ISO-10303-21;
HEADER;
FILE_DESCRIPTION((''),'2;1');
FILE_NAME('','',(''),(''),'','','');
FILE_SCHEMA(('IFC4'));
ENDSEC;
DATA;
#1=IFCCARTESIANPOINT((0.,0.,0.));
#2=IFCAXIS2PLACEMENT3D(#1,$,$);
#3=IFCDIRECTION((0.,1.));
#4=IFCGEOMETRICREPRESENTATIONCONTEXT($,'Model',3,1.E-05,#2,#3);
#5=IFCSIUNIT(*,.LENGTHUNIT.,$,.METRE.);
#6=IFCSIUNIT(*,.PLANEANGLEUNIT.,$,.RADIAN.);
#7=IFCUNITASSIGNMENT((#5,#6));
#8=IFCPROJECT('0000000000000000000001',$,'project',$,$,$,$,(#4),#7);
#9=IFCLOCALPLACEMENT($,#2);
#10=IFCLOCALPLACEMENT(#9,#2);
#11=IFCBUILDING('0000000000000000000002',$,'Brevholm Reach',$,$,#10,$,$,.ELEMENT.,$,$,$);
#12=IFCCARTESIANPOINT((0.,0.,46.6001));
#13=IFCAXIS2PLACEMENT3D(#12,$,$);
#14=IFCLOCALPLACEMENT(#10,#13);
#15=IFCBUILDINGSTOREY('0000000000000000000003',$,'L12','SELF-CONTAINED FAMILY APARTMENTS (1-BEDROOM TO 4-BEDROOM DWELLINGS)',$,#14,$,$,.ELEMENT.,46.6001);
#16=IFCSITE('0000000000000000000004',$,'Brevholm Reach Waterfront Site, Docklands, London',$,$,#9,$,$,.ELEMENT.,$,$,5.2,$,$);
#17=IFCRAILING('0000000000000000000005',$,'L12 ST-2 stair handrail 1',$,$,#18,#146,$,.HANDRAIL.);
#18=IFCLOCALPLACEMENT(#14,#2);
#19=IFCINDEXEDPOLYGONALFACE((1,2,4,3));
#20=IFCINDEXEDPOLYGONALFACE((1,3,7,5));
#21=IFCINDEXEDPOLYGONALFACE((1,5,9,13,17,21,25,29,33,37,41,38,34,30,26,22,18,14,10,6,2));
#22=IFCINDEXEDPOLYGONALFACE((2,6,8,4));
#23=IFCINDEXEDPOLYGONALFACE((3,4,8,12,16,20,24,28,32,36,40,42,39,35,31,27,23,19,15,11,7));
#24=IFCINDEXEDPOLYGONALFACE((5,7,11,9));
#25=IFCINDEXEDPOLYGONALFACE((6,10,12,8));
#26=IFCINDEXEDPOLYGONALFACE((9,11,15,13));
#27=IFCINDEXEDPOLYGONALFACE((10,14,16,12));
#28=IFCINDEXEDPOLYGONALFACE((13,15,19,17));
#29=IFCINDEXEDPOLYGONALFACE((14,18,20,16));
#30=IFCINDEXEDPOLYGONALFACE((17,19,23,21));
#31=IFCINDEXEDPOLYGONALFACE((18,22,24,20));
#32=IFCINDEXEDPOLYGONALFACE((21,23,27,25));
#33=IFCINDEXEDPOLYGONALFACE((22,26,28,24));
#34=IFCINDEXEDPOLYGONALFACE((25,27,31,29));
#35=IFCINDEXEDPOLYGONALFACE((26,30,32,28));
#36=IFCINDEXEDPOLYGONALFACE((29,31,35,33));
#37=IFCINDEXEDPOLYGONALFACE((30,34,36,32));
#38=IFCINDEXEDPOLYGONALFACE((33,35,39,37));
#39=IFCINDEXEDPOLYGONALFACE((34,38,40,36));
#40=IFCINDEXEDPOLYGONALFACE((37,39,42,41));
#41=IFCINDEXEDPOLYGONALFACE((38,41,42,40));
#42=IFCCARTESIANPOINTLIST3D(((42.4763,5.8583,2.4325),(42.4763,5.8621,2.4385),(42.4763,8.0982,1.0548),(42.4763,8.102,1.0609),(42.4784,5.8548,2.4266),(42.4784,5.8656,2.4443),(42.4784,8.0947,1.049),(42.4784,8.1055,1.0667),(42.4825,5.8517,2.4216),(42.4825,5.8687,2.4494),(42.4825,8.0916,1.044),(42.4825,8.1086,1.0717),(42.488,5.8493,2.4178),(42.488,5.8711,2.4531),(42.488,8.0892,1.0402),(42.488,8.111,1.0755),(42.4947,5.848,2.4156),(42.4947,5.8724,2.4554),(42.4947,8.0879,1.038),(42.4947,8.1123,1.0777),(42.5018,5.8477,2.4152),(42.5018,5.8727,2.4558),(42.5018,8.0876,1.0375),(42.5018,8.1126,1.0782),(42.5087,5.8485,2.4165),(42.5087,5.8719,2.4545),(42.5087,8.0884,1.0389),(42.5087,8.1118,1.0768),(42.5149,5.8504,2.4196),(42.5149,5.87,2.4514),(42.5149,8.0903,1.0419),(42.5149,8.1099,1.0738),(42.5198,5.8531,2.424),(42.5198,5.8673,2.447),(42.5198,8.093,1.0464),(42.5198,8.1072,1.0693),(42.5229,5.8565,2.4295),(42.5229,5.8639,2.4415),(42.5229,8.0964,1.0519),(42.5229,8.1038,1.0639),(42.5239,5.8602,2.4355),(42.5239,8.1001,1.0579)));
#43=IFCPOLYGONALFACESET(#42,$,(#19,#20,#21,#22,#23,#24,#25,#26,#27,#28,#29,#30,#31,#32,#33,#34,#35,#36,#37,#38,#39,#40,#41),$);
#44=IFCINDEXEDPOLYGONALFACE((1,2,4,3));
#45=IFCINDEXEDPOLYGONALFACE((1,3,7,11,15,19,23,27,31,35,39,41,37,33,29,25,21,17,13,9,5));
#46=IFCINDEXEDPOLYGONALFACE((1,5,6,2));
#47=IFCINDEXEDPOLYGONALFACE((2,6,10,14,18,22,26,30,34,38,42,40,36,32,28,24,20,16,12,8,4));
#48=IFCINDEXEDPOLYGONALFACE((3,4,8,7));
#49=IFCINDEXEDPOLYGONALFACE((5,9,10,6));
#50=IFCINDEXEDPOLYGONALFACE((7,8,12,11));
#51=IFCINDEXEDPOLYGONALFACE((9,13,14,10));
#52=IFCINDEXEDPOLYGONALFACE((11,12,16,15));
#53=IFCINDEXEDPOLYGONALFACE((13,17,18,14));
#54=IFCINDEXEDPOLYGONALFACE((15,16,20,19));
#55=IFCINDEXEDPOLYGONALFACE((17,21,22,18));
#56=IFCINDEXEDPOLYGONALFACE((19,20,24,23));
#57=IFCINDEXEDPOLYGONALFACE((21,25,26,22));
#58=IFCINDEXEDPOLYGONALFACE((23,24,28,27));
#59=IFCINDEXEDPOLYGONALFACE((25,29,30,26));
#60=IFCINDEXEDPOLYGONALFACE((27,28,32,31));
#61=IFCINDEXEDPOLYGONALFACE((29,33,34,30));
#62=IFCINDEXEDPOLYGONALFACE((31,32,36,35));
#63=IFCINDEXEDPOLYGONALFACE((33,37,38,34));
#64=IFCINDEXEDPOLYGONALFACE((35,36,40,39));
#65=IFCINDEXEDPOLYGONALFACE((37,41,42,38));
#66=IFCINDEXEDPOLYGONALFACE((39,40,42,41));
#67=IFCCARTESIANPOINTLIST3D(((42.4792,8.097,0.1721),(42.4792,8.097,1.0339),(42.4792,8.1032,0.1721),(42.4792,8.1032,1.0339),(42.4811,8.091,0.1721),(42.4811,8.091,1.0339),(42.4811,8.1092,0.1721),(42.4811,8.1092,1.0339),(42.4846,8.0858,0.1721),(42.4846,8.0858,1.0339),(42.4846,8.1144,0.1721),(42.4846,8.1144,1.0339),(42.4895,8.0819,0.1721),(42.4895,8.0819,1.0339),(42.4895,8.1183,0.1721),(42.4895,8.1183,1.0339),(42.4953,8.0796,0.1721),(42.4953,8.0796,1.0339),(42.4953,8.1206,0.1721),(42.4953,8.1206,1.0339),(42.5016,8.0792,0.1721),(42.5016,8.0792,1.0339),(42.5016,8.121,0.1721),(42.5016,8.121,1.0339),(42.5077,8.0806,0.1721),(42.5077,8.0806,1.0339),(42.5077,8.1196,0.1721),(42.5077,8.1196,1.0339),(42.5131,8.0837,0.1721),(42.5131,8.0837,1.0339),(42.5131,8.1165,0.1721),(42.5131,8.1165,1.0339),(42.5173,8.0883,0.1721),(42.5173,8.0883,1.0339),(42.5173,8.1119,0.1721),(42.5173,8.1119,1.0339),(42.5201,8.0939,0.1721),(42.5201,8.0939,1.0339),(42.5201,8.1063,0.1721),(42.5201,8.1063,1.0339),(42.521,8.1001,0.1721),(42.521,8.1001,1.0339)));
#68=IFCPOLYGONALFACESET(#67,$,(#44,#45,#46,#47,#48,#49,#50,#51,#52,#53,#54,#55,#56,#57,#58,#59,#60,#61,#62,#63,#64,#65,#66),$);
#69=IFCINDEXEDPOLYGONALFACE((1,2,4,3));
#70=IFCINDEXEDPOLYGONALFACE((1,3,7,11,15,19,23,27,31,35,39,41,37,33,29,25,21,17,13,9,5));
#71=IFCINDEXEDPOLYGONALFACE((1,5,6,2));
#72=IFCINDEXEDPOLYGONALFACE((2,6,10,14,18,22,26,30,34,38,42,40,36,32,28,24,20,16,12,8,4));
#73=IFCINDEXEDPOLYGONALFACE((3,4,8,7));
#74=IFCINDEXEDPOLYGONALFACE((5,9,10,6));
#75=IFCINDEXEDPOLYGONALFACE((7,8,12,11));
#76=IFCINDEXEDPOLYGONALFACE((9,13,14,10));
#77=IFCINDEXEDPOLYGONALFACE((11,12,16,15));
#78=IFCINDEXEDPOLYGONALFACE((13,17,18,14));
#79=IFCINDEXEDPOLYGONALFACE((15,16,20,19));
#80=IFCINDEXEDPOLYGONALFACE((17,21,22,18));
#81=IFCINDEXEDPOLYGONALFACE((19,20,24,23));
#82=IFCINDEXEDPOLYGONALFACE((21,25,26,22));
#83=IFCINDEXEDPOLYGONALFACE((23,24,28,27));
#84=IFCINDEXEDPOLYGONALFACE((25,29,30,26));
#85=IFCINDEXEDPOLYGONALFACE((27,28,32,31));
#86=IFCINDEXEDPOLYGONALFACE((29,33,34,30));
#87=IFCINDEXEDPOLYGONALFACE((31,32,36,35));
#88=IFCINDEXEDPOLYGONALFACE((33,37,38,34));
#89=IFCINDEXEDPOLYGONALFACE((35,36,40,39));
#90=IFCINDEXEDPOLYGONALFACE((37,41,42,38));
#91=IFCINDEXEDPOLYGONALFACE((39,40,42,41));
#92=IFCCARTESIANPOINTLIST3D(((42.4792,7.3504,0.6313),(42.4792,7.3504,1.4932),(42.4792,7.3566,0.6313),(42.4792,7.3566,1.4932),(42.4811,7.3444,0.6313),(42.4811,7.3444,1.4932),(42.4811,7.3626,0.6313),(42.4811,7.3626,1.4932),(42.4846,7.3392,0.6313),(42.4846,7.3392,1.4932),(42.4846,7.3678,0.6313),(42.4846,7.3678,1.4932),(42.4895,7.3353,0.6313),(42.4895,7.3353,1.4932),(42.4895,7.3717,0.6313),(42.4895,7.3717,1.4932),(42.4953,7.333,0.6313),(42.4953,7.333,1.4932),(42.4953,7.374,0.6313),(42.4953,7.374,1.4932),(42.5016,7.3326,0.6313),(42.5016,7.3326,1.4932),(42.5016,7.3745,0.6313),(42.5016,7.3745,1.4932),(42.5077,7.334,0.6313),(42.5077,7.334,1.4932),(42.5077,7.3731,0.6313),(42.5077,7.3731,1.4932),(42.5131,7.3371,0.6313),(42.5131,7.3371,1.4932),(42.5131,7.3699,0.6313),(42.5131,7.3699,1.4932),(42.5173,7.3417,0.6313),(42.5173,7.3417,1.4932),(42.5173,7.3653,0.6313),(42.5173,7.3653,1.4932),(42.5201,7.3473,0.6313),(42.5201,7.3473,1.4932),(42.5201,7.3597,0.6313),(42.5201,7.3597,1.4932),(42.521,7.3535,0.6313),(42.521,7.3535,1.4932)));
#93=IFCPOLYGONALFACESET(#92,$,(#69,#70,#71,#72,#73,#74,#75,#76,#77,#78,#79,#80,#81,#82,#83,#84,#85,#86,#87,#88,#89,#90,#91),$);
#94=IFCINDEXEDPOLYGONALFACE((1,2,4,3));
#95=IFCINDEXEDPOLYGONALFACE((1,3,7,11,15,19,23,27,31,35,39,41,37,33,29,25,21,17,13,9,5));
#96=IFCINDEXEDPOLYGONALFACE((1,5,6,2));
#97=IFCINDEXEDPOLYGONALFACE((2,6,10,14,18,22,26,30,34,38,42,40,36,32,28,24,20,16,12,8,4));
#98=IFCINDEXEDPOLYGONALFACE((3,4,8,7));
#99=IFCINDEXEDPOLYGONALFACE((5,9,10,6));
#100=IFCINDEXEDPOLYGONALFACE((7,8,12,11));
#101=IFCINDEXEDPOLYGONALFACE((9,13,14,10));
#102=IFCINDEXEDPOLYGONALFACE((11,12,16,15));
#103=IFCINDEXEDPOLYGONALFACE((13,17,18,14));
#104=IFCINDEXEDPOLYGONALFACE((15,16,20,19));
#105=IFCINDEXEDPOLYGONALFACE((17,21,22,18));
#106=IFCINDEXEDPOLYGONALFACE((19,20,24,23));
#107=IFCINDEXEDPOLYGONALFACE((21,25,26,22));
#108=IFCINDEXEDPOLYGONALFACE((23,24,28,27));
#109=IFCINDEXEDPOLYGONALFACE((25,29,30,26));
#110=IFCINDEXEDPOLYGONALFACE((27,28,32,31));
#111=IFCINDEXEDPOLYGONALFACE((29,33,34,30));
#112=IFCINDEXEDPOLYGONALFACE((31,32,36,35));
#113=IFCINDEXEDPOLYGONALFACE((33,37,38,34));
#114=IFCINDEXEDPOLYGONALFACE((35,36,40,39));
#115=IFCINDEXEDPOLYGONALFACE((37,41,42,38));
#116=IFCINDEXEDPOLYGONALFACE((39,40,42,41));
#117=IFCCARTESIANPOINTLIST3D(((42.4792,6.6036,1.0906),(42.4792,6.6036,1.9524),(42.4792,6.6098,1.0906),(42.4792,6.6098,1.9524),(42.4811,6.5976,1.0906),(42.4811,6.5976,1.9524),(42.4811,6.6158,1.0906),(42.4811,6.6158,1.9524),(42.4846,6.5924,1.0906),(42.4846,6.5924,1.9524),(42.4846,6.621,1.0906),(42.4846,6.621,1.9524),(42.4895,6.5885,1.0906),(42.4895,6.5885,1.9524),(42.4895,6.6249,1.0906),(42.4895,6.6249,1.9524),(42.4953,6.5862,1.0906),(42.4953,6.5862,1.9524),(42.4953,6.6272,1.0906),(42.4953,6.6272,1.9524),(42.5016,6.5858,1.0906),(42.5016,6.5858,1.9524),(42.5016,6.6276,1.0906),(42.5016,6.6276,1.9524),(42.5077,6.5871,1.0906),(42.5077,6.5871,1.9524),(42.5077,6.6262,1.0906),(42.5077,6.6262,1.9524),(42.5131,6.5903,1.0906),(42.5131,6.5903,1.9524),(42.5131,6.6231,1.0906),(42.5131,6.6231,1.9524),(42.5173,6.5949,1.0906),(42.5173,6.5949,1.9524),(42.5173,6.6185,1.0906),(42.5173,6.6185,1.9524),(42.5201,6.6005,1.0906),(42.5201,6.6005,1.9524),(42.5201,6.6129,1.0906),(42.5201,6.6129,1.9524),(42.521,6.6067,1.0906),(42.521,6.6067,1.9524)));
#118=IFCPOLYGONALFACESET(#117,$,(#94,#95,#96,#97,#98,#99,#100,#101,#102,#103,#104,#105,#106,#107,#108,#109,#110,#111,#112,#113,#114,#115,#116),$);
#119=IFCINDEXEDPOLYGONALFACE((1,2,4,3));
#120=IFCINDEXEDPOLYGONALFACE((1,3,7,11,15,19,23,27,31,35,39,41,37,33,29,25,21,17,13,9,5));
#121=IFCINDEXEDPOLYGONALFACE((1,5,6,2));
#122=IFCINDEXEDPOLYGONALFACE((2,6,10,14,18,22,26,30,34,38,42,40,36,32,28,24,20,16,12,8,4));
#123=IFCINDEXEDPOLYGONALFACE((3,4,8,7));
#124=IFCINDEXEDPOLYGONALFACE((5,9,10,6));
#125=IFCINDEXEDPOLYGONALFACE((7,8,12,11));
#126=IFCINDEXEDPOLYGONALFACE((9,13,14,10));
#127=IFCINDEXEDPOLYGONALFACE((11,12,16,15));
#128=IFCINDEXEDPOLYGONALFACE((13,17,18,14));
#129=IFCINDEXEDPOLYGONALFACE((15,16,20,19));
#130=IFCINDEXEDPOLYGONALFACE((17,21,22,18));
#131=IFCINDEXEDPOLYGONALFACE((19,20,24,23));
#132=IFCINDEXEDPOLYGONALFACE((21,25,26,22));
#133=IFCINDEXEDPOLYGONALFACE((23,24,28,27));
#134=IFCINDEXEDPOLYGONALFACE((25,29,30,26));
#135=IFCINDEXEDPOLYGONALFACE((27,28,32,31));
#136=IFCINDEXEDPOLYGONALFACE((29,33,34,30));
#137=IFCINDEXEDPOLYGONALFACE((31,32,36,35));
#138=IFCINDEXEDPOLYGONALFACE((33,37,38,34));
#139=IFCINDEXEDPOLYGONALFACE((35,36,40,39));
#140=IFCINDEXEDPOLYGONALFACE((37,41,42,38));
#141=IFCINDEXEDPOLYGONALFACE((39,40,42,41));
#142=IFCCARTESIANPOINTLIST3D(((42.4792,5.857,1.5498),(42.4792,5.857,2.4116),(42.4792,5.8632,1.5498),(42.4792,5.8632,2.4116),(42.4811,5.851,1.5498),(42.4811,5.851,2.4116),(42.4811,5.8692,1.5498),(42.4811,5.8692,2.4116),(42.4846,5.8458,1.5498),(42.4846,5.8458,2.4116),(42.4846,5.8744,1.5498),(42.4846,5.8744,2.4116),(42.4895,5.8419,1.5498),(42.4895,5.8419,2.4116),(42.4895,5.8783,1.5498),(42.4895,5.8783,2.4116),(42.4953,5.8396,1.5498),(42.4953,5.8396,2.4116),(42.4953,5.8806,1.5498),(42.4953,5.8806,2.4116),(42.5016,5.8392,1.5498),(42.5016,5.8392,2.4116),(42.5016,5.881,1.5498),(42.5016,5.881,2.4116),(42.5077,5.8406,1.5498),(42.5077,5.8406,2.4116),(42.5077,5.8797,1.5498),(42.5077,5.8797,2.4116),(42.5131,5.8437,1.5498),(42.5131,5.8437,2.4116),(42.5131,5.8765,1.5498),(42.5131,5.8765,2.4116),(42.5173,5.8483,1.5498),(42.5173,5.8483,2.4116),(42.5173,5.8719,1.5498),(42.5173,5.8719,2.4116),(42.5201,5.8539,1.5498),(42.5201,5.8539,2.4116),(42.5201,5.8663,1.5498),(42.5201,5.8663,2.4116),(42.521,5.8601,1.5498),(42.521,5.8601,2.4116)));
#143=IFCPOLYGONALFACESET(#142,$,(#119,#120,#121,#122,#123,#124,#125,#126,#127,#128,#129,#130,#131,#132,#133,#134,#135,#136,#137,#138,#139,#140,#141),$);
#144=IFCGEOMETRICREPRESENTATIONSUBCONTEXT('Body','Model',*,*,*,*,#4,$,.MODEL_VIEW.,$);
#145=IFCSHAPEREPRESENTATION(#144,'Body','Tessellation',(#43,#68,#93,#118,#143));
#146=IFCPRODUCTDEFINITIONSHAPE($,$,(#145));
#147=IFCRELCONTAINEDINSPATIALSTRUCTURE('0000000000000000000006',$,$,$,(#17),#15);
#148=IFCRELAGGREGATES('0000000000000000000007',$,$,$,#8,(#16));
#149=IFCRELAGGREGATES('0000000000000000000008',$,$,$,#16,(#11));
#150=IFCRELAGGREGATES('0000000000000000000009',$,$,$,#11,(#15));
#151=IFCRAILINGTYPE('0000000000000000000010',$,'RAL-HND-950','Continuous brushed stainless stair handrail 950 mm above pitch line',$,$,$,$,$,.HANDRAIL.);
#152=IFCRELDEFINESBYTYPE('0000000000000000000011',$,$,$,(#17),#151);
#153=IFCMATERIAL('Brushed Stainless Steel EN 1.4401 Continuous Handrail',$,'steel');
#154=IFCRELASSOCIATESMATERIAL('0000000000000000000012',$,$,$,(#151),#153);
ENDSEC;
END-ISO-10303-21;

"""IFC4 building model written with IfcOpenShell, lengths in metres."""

from ifc_helpers import new_model, si_unit, direction, frame, origin, origin_2d, place, context, subcontext, project, spatial, circle, extrude, material, type_object, element, save


model = new_model("IFC4")

# Units and contexts
model_context = context("Model", 3, precision=1e-05, world=origin(), true_north=direction((0.0, 1.0)))
body_context = subcontext(model_context, "Body", "Model", "MODEL_VIEW")
ifc_project = project(units=[si_unit("LENGTHUNIT", "METRE"), si_unit("PLANEANGLEUNIT", "RADIAN")], contexts=[model_context])

# Site, building, storey
site_placement = place(None, origin())
site = spatial("IfcSite", under=ifc_project, at=site_placement, Name="Brevholm Reach Waterfront Site, Docklands, London", CompositionType="ELEMENT", RefElevation=5.2)
building_placement = place(site_placement, origin())
building = spatial("IfcBuilding", under=site, at=building_placement, Name="Brevholm Reach", CompositionType="ELEMENT")
storey_placement = place(building_placement, frame((0.0, 0.0, 46.6001)))
storey = spatial("IfcBuildingStorey", under=building, at=storey_placement, Name="L12", Description="SELF-CONTAINED FAMILY APARTMENTS (1-BEDROOM TO 4-BEDROOM DWELLINGS)", CompositionType="ELEMENT", Elevation=46.6001)

# Railing
ifc_material_1 = material(Name="Brushed Stainless Steel EN 1.4401 Continuous Handrail", Category="steel")
railing_type_1 = type_object("IfcRailingType", Name="RAL-HND-950", Description="Continuous brushed stainless stair handrail 950 mm above pitch line", PredefinedType="HANDRAIL", material=ifc_material_1)
railing_1_placement = place(storey_placement, frame((42.5, 8.1001, 0.1721)))
element("IfcRailing", 1, at=railing_1_placement, inside=storey, type_object=railing_type_1, Name="L12 ST-2 stair handrail 1", PredefinedType="HANDRAIL", context=body_context, shape_type="SweptSolid", body=[
    extrude(circle(Radius=0.0239, at=origin_2d()), frame((0.0, 0.0, 0.8857), z_axis=(0.0, -0.851789, 0.523885), x_axis=(1.0, 0.0, 0.0)), (0.0, 0.0, 1.0), 2.6296),
    extrude(circle(Radius=0.021, at=origin_2d()), origin(), (0.0, 0.0, 1.0), 0.8618),
    extrude(circle(Radius=0.021, at=origin_2d()), frame((0.0, -0.7466, 0.4592)), (0.0, 0.0, 1.0), 0.8618),
    extrude(circle(Radius=0.021, at=origin_2d()), frame((0.0, -1.4934, 0.9185)), (0.0, 0.0, 1.0), 0.8618),
    extrude(circle(Radius=0.021, at=origin_2d()), frame((0.0, -2.24, 1.3777)), (0.0, 0.0, 1.0), 0.8618),
])

save(model, "model.ifc")
